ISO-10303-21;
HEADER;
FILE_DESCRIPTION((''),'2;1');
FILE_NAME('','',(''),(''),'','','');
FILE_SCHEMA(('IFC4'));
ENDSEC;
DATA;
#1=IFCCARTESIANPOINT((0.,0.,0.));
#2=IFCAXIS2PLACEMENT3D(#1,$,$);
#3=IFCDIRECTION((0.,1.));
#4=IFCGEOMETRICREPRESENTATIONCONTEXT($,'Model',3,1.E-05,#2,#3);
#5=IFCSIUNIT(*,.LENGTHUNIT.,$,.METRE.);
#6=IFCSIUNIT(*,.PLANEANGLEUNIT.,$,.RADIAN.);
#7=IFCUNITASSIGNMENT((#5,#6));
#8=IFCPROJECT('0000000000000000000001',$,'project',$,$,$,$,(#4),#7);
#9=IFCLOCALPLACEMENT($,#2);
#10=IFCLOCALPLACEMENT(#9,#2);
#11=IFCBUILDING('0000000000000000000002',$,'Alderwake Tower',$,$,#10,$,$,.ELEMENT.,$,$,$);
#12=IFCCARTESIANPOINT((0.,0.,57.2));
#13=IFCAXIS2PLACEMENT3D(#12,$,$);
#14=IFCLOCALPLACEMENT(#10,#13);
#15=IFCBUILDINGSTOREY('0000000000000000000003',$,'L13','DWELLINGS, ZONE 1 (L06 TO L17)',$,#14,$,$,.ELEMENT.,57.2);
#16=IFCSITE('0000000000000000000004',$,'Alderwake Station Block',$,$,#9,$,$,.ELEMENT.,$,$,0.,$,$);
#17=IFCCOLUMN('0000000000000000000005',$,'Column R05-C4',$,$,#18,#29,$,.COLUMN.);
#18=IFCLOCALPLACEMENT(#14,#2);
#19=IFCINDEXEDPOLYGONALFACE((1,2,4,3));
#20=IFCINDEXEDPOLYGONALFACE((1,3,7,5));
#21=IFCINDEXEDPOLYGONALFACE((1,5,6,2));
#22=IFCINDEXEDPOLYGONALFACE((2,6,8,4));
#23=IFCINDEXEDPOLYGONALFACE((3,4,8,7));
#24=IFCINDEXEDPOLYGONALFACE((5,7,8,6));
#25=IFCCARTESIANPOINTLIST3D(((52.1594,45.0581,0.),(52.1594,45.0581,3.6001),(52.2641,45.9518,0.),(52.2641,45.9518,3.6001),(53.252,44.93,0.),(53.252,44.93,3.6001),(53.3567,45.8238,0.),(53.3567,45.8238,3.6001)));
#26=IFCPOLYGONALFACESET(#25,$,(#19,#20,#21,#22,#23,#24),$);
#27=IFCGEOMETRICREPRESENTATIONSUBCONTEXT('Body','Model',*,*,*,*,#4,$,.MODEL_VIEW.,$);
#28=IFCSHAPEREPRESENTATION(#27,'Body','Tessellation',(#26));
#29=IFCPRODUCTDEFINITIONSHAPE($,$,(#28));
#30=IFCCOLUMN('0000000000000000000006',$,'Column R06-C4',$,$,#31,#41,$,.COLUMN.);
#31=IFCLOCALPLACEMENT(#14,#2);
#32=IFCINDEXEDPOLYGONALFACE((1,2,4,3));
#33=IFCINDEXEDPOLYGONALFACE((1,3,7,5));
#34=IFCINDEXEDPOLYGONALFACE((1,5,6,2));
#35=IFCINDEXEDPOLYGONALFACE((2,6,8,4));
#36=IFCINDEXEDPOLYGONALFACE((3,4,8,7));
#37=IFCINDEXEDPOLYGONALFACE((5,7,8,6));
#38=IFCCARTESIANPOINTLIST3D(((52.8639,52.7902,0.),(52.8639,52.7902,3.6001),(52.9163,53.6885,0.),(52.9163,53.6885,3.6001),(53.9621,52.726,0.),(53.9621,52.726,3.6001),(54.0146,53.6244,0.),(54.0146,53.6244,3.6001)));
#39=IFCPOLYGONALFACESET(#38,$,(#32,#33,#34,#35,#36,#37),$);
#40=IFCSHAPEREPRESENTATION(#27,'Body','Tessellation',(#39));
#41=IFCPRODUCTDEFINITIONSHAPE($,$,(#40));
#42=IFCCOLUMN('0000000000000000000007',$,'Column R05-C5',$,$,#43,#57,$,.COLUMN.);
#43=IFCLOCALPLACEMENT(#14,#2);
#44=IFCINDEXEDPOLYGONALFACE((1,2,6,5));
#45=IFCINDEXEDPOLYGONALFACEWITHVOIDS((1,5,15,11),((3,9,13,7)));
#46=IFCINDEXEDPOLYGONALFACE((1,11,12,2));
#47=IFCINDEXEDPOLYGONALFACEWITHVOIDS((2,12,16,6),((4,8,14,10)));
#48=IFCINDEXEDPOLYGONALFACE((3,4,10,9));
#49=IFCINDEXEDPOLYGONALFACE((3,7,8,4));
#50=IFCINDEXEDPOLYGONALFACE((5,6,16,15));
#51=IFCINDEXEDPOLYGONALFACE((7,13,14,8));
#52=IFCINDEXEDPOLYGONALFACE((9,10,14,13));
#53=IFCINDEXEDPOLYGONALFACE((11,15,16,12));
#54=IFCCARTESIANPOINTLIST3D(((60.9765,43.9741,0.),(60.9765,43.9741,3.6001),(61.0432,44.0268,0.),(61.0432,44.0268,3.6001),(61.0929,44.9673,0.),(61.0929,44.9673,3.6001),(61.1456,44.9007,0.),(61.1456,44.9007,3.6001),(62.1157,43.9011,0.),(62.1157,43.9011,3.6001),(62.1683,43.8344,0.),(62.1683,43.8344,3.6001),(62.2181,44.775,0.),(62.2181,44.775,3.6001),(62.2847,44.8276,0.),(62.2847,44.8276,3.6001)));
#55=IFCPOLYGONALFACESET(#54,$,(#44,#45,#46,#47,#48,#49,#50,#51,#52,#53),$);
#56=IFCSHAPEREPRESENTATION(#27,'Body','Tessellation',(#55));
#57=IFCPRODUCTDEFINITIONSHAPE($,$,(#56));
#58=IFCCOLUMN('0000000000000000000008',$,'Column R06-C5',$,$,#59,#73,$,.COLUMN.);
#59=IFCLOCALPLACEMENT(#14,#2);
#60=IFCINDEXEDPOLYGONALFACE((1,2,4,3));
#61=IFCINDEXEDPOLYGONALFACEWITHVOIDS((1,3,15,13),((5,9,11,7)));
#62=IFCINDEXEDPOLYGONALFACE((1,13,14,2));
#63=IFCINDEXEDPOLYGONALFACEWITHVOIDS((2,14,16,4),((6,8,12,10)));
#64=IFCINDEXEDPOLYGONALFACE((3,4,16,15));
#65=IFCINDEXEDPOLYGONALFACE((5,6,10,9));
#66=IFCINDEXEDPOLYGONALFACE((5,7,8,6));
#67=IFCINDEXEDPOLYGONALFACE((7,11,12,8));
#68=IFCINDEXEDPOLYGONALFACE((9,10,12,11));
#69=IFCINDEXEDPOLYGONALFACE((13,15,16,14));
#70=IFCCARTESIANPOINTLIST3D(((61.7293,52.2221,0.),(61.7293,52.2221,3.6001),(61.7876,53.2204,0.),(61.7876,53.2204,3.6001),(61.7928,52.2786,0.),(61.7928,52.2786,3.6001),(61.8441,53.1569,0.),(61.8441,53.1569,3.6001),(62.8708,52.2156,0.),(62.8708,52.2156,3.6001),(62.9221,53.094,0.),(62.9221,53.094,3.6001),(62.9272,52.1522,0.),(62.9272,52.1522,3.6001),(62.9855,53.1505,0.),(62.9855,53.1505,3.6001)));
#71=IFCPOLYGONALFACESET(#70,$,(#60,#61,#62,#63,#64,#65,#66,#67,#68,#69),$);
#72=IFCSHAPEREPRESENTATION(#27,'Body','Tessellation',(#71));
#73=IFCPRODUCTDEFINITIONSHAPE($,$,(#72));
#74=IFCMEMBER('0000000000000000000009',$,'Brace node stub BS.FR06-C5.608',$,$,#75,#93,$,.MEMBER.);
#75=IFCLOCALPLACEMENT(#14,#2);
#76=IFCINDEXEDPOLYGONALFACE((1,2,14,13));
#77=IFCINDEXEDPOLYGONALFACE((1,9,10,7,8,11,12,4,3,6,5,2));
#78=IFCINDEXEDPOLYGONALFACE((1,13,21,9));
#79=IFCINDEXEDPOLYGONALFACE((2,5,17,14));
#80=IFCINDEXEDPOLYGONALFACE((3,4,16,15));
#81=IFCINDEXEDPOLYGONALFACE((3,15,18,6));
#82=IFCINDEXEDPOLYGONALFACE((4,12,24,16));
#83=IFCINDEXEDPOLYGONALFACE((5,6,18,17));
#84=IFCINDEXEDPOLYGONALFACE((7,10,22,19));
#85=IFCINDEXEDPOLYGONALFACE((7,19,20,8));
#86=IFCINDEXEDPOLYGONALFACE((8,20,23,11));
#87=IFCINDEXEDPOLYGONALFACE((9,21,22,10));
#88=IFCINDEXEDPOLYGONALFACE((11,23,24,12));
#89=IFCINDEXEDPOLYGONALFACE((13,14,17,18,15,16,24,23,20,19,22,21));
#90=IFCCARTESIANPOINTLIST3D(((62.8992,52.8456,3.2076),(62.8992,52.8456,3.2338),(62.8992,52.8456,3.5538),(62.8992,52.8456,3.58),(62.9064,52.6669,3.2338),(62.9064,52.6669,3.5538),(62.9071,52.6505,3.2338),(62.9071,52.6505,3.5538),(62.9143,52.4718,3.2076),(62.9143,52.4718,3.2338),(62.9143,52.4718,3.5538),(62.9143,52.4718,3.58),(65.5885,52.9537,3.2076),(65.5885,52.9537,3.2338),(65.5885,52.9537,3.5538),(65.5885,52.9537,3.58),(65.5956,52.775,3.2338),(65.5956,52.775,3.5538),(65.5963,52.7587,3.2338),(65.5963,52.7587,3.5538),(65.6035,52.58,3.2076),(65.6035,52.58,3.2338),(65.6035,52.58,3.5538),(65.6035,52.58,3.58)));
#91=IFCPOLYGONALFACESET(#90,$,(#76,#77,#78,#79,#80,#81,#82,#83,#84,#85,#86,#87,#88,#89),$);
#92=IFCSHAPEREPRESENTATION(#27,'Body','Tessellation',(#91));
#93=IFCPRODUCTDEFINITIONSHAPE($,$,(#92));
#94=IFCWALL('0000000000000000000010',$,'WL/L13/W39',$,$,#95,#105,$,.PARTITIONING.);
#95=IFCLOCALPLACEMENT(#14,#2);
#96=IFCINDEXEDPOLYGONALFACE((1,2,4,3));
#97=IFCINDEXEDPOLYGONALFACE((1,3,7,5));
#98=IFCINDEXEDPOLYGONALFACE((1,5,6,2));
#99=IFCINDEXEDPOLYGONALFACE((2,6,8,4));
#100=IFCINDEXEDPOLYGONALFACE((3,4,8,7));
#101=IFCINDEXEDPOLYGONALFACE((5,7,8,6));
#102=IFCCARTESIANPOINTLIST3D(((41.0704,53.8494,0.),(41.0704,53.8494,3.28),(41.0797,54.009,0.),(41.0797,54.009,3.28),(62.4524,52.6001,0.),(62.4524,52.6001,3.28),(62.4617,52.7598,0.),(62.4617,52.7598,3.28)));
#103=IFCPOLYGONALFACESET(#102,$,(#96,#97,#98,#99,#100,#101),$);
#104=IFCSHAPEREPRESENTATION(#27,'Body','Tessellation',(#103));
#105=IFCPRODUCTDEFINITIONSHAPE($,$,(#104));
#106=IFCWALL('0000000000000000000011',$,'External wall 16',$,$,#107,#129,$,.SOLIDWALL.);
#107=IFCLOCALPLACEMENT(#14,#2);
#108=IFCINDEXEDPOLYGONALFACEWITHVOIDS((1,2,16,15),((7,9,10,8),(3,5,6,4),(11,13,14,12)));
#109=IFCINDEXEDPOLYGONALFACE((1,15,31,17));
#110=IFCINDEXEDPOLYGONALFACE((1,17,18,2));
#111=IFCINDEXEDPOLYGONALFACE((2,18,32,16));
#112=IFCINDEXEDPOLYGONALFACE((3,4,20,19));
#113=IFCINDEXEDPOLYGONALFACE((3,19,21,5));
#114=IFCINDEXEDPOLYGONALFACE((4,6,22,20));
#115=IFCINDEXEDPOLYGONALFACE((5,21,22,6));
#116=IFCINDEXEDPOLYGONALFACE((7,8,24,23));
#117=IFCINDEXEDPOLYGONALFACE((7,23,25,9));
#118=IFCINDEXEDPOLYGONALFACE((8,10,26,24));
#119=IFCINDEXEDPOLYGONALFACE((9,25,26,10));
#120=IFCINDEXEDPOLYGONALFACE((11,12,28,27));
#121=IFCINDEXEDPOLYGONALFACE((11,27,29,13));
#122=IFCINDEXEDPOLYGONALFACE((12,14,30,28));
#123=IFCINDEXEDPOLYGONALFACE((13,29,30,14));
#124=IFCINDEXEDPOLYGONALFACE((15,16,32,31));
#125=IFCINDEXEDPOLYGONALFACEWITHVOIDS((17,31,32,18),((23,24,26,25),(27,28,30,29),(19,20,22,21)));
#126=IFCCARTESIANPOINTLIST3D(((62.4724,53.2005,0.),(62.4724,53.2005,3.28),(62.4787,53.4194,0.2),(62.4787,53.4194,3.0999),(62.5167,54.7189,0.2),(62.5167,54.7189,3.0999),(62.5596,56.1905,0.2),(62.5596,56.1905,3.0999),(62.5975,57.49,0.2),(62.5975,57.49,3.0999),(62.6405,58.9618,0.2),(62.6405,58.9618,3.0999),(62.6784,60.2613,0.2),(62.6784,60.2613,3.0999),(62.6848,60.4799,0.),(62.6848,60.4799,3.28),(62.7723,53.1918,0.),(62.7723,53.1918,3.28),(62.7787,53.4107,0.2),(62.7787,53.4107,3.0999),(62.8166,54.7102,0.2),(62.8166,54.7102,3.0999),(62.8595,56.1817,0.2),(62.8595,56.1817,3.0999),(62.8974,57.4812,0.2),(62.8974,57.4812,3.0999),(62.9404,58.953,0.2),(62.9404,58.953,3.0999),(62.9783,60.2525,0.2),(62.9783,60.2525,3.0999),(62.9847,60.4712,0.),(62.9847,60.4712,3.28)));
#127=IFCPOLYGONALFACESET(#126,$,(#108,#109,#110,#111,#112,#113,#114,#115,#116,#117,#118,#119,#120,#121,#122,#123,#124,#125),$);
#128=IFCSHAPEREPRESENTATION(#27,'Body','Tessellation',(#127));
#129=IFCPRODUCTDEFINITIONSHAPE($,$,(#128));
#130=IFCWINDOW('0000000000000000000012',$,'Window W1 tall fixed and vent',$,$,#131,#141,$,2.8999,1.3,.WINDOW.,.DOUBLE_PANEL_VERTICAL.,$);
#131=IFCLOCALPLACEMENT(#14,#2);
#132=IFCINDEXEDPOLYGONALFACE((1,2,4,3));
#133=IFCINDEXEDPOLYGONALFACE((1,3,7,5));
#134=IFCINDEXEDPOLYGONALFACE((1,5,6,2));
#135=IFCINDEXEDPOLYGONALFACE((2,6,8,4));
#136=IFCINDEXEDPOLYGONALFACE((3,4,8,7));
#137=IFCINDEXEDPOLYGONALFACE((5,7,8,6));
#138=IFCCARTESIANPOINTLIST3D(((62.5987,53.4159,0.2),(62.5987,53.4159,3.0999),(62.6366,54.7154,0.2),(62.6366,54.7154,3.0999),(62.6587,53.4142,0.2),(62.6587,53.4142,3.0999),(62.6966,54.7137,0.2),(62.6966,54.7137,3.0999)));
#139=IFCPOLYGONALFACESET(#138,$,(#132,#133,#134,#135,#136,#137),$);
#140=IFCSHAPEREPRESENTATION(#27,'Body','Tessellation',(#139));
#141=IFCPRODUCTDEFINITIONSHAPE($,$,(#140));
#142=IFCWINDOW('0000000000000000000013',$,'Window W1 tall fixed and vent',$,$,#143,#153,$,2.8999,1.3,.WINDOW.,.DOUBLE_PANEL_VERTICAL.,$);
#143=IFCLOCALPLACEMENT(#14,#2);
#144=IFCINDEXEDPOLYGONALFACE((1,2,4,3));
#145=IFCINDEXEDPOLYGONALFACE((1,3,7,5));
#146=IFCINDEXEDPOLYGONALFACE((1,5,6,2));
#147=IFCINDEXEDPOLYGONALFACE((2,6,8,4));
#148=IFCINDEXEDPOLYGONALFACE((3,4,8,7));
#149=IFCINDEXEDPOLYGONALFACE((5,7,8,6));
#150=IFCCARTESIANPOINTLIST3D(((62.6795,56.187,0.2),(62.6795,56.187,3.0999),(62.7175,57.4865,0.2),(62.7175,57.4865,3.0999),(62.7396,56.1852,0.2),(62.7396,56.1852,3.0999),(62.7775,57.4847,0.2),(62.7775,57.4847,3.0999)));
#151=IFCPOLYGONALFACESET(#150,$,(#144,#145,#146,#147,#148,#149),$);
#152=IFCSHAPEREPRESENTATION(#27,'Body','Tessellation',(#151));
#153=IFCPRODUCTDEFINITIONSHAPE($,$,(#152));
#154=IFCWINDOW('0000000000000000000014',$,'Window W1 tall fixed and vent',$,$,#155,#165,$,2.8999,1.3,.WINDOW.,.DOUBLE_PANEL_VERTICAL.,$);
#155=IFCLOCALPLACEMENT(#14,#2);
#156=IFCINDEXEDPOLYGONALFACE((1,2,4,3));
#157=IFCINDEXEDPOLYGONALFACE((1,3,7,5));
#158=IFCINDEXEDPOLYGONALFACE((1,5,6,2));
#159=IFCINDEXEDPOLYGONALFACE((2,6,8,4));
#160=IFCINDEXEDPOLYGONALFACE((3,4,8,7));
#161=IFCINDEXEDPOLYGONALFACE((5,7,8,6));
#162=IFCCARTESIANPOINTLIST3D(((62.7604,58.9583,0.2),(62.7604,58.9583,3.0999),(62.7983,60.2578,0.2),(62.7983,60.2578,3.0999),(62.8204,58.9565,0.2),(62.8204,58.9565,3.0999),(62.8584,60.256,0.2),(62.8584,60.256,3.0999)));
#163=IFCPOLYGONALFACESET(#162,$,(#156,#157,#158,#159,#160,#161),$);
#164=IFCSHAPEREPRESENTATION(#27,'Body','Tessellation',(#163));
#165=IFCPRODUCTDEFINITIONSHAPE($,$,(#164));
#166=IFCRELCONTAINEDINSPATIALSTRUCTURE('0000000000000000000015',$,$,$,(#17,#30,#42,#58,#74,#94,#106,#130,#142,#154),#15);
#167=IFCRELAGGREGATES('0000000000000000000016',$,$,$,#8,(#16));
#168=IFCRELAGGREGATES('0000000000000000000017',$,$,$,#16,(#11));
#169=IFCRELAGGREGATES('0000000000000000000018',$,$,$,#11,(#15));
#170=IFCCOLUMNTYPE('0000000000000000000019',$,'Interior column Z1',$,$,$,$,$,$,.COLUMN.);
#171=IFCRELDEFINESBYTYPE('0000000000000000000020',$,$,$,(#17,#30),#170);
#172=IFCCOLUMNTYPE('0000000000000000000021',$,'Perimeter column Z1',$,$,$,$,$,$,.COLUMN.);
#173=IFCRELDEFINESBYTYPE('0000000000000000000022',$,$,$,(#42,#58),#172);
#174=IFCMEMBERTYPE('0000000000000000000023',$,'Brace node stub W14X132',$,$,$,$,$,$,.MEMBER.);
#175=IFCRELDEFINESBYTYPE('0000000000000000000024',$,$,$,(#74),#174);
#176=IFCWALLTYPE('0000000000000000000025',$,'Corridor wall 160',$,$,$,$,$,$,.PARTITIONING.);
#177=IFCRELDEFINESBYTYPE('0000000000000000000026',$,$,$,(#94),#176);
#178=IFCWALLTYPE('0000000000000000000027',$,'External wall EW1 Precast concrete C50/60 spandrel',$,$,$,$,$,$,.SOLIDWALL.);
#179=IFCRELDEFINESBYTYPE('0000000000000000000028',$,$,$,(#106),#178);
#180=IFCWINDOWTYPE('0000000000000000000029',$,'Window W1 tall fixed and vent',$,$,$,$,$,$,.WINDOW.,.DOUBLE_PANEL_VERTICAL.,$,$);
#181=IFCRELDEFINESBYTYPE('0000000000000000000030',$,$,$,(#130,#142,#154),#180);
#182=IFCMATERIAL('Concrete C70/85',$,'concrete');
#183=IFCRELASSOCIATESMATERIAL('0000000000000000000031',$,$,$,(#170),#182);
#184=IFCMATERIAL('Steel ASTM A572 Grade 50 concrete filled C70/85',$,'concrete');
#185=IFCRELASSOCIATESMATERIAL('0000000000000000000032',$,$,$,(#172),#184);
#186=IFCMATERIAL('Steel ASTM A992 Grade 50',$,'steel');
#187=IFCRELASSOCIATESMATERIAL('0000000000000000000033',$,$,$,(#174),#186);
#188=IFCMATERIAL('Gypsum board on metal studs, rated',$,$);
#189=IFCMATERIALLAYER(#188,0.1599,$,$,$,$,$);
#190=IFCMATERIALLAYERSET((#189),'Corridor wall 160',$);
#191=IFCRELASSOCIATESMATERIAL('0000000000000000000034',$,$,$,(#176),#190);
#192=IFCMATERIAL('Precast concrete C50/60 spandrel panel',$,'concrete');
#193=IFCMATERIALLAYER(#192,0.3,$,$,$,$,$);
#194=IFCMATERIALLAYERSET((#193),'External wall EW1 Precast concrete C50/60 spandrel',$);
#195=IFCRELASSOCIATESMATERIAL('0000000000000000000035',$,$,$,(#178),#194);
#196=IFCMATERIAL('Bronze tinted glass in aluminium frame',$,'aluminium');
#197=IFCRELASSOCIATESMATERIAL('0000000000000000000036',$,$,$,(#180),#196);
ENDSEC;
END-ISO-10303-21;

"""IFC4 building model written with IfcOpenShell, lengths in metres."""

from ifc_helpers import new_model, si_unit, direction, frame, frame_2d, origin, origin_2d, place, context, subcontext, project, spatial, rectangle, hollow_rectangle, i_section, extrude, material, layer, layer_set, material_profile, profile_set, type_object, element, fill, save


model = new_model("IFC4")

# Units and contexts
model_context = context("Model", 3, precision=1e-05, world=origin(), true_north=direction((0.0, 1.0)))
body_context = subcontext(model_context, "Body", "Model", "MODEL_VIEW")
ifc_project = project(units=[si_unit("LENGTHUNIT", "METRE"), si_unit("PLANEANGLEUNIT", "RADIAN")], contexts=[model_context])

# Site, building, storey
site_placement = place(None, origin())
site = spatial("IfcSite", under=ifc_project, at=site_placement, Name="Alderwake Station Block", CompositionType="ELEMENT", RefElevation=0.0)
building_placement = place(site_placement, origin())
building = spatial("IfcBuilding", under=site, at=building_placement, Name="Alderwake Tower", CompositionType="ELEMENT")
storey_placement = place(building_placement, frame((0.0, 0.0, 57.2)))
storey = spatial("IfcBuildingStorey", under=building, at=storey_placement, Name="L13", Description="DWELLINGS, ZONE 1 (L06 TO L17)", CompositionType="ELEMENT", Elevation=57.2)

# Columns
ifc_material_1 = material(Name="Concrete C70/85", Category="concrete")
ifc_material_profile_1 = material_profile(ifc_material_1, rectangle(XDim=0.8999, YDim=1.1001, at=origin_2d()), Name="RC 1100X900")
ifc_profile_set_1 = profile_set([ifc_material_profile_1], Name="Concrete C70/85")
column_type_1 = type_object("IfcColumnType", Name="Interior column Z1", PredefinedType="COLUMN", material=ifc_profile_set_1)
for number, where, z_axis, x_axis, name in (
    (1, (52.7581, 45.4409, 0.0), (0.0, 0.0, 1.0), (0.116402, 0.993202, 0.0), "Column R05-C4"),
    (2, (53.4392, 53.2073, 0.0), (0.0, 0.0, 1.0), (0.058301, 0.998299, 0.0), "Column R06-C4"),
):
    element("IfcColumn", number, at=place(storey_placement, frame(where, z_axis=z_axis, x_axis=x_axis)), inside=storey, type_object=column_type_1, Name=name, PredefinedType="COLUMN", context=body_context, shape_type="SweptSolid", body=[
        extrude(rectangle(XDim=0.8999, YDim=1.1001, at=origin_2d()), origin(), (0.0, 0.0, 1.0), 3.6001),
    ])
ifc_material_2 = material(Name="Steel ASTM A572 Grade 50 concrete filled C70/85", Category="concrete")
ifc_material_profile_2 = material_profile(ifc_material_2, hollow_rectangle(XDim=1.0, YDim=1.2, WallThickness=0.0601, at=origin_2d()), Name="BOX 1200X1000X60")
ifc_profile_set_2 = profile_set([ifc_material_profile_2], Name="Steel ASTM A572 Grade 50 concrete filled C70/85")
column_type_2 = type_object("IfcColumnType", Name="Perimeter column Z1", PredefinedType="COLUMN", material=ifc_profile_set_2)
for number, where, z_axis, x_axis, name in (
    (3, (61.6306, 44.4009, 0.0), (0.0, 0.0, 1.0), (0.116402, 0.993202, 0.0), "Column R05-C5"),
    (4, (62.3574, 52.6863, 0.0), (0.0, 0.0, 1.0), (0.058299, 0.998299, 0.0), "Column R06-C5"),
):
    element("IfcColumn", number, at=place(storey_placement, frame(where, z_axis=z_axis, x_axis=x_axis)), inside=storey, type_object=column_type_2, Name=name, PredefinedType="COLUMN", context=body_context, shape_type="SweptSolid", body=[
        extrude(hollow_rectangle(XDim=1.0, YDim=1.2, WallThickness=0.0601, at=origin_2d()), origin(), (0.0, 0.0, 1.0), 3.6001),
    ])

# Member
ifc_material_3 = material(Name="Steel ASTM A992 Grade 50", Category="steel")
ifc_material_profile_3 = material_profile(ifc_material_3, i_section(OverallWidth=0.374, OverallDepth=0.3723, WebThickness=0.0164, FlangeThickness=0.0261, at=origin_2d()), Name="W14X132")
ifc_profile_set_3 = profile_set([ifc_material_profile_3], Name="Steel ASTM A992 Grade 50")
member_type = type_object("IfcMemberType", Name="Brace node stub W14X132", PredefinedType="MEMBER", material=ifc_profile_set_3)
member_placement = place(storey_placement, frame((62.9067, 52.6587, 3.3938), z_axis=(0.999192, 0.040185, 0.0), x_axis=(-0.040185, 0.999192, 0.0)))
element("IfcMember", 5, at=member_placement, inside=storey, type_object=member_type, Name="Brace node stub BS.FR06-C5.608", PredefinedType="MEMBER", context=body_context, shape_type="SweptSolid", body=[
    extrude(i_section(OverallWidth=0.374, OverallDepth=0.3723, WebThickness=0.0164, FlangeThickness=0.0261, at=origin_2d()), origin(), (0.0, 0.0, 1.0), 2.6914),
])

# Wall
ifc_material_4 = material(Name="Gypsum board on metal studs, rated")
ifc_layer_1 = layer(ifc_material_4, 0.1599)
ifc_layer_set_1 = layer_set([ifc_layer_1], Name="Corridor wall 160")
wall_type_1 = type_object("IfcWallType", Name="Corridor wall 160", PredefinedType="PARTITIONING", material=ifc_layer_set_1)
wall_1_placement = place(storey_placement, frame((62.457, 52.6799, 0.0), z_axis=(0.0, 0.0, 1.0), x_axis=(-0.998298, 0.058326, 0.0)))
element("IfcWall", 6, at=wall_1_placement, inside=storey, type_object=wall_type_1, Name="WL/L13/W39", PredefinedType="PARTITIONING", context=body_context, shape_type="SweptSolid", body=[
    extrude(rectangle(XDim=21.4185, YDim=0.1599, at=frame_2d((10.7092, 0.0))), origin(), (0.0, 0.0, 1.0), 3.28),
])

# Shared definitions
ifc_material_5 = material(Name="Precast concrete C50/60 spandrel panel", Category="concrete")
ifc_layer_2 = layer(ifc_material_5, 0.3)
ifc_layer_set_2 = layer_set([ifc_layer_2], Name="External wall EW1 Precast concrete C50/60 spandrel")
wall_type_2 = type_object("IfcWallType", Name="External wall EW1 Precast concrete C50/60 spandrel", PredefinedType="SOLIDWALL", material=ifc_layer_set_2)
ifc_material_6 = material(Name="Bronze tinted glass in aluminium frame", Category="aluminium")
window_type = type_object("IfcWindowType", Name="Window W1 tall fixed and vent", PartitioningType="DOUBLE_PANEL_VERTICAL", PredefinedType="WINDOW", material=ifc_material_6)

# Wall, openings, windows
wall_2_placement = place(storey_placement, frame((62.6223, 53.1963, 0.0), z_axis=(0.0, 0.0, 1.0), x_axis=(0.029167, 0.999575, 0.0)))
wall_2 = element("IfcWall", 7, at=wall_2_placement, inside=storey, type_object=wall_type_2, Name="External wall 16", PredefinedType="SOLIDWALL", context=body_context, shape_type="SweptSolid", body=[
    extrude(rectangle(XDim=7.2825, YDim=0.3, at=frame_2d((3.6411, 0.0))), origin(), (0.0, 0.0, 1.0), 3.28),
])
opening_1_placement = place(wall_2_placement, frame((0.219, 0.0, 0.2)))
opening_1 = element("IfcOpeningElement", 8, at=opening_1_placement, cuts=wall_2, PredefinedType="OPENING", context=body_context, shape_type="SweptSolid", body=[
    extrude(rectangle(XDim=1.3, YDim=2.8999, at=frame_2d((0.6499, 1.45))), frame((0.0, 0.1599, 0.0), z_axis=(0.0, -1.0, 0.0), x_axis=(1.0, 0.0, 0.0)), (0.0, 0.0, 1.0), 0.3201),
])
opening_2_placement = place(wall_2_placement, frame((2.9912, 0.0, 0.2)))
opening_2 = element("IfcOpeningElement", 9, at=opening_2_placement, cuts=wall_2, PredefinedType="OPENING", context=body_context, shape_type="SweptSolid", body=[
    extrude(rectangle(XDim=1.3, YDim=2.8999, at=frame_2d((0.6499, 1.45))), frame((0.0, 0.1599, 0.0), z_axis=(0.0, -1.0, 0.0), x_axis=(1.0, 0.0, 0.0)), (0.0, 0.0, 1.0), 0.3201),
])
opening_3_placement = place(wall_2_placement, frame((5.7637, 0.0, 0.2)))
opening_3 = element("IfcOpeningElement", 10, at=opening_3_placement, cuts=wall_2, PredefinedType="OPENING", context=body_context, shape_type="SweptSolid", body=[
    extrude(rectangle(XDim=1.3, YDim=2.8999, at=frame_2d((0.6499, 1.45))), frame((0.0, 0.1599, 0.0), z_axis=(0.0, -1.0, 0.0), x_axis=(1.0, 0.0, 0.0)), (0.0, 0.0, 1.0), 0.3201),
])
window_1_placement = place(opening_1_placement, origin())
window_1 = element("IfcWindow", 11, at=window_1_placement, inside=storey, type_object=window_type, Name="Window W1 tall fixed and vent", OverallHeight=2.8999, OverallWidth=1.3, PartitioningType="DOUBLE_PANEL_VERTICAL", PredefinedType="WINDOW", context=body_context, shape_type="SweptSolid", body=[
    extrude(rectangle(XDim=1.3, YDim=2.8999, at=frame_2d((0.6499, 1.45))), frame((0.0, 0.03, 0.0), z_axis=(0.0, -1.0, 0.0), x_axis=(1.0, 0.0, 0.0)), (0.0, 0.0, 1.0), 0.0601),
])
fill(opening_1, window_1)
window_2_placement = place(opening_2_placement, origin())
window_2 = element("IfcWindow", 12, at=window_2_placement, inside=storey, type_object=window_type, Name="Window W1 tall fixed and vent", OverallHeight=2.8999, OverallWidth=1.3, PartitioningType="DOUBLE_PANEL_VERTICAL", PredefinedType="WINDOW", context=body_context, shape_type="SweptSolid", body=[
    extrude(rectangle(XDim=1.3, YDim=2.8999, at=frame_2d((0.6499, 1.45))), frame((0.0, 0.03, 0.0), z_axis=(0.0, -1.0, 0.0), x_axis=(1.0, 0.0, 0.0)), (0.0, 0.0, 1.0), 0.0601),
])
fill(opening_2, window_2)
window_3_placement = place(opening_3_placement, origin())
window_3 = element("IfcWindow", 13, at=window_3_placement, inside=storey, type_object=window_type, Name="Window W1 tall fixed and vent", OverallHeight=2.8999, OverallWidth=1.3, PartitioningType="DOUBLE_PANEL_VERTICAL", PredefinedType="WINDOW", context=body_context, shape_type="SweptSolid", body=[
    extrude(rectangle(XDim=1.3, YDim=2.8999, at=frame_2d((0.6499, 1.45))), frame((0.0, 0.03, 0.0), z_axis=(0.0, -1.0, 0.0), x_axis=(1.0, 0.0, 0.0)), (0.0, 0.0, 1.0), 0.0601),
])
fill(opening_3, window_3)

save(model, "model.ifc")
